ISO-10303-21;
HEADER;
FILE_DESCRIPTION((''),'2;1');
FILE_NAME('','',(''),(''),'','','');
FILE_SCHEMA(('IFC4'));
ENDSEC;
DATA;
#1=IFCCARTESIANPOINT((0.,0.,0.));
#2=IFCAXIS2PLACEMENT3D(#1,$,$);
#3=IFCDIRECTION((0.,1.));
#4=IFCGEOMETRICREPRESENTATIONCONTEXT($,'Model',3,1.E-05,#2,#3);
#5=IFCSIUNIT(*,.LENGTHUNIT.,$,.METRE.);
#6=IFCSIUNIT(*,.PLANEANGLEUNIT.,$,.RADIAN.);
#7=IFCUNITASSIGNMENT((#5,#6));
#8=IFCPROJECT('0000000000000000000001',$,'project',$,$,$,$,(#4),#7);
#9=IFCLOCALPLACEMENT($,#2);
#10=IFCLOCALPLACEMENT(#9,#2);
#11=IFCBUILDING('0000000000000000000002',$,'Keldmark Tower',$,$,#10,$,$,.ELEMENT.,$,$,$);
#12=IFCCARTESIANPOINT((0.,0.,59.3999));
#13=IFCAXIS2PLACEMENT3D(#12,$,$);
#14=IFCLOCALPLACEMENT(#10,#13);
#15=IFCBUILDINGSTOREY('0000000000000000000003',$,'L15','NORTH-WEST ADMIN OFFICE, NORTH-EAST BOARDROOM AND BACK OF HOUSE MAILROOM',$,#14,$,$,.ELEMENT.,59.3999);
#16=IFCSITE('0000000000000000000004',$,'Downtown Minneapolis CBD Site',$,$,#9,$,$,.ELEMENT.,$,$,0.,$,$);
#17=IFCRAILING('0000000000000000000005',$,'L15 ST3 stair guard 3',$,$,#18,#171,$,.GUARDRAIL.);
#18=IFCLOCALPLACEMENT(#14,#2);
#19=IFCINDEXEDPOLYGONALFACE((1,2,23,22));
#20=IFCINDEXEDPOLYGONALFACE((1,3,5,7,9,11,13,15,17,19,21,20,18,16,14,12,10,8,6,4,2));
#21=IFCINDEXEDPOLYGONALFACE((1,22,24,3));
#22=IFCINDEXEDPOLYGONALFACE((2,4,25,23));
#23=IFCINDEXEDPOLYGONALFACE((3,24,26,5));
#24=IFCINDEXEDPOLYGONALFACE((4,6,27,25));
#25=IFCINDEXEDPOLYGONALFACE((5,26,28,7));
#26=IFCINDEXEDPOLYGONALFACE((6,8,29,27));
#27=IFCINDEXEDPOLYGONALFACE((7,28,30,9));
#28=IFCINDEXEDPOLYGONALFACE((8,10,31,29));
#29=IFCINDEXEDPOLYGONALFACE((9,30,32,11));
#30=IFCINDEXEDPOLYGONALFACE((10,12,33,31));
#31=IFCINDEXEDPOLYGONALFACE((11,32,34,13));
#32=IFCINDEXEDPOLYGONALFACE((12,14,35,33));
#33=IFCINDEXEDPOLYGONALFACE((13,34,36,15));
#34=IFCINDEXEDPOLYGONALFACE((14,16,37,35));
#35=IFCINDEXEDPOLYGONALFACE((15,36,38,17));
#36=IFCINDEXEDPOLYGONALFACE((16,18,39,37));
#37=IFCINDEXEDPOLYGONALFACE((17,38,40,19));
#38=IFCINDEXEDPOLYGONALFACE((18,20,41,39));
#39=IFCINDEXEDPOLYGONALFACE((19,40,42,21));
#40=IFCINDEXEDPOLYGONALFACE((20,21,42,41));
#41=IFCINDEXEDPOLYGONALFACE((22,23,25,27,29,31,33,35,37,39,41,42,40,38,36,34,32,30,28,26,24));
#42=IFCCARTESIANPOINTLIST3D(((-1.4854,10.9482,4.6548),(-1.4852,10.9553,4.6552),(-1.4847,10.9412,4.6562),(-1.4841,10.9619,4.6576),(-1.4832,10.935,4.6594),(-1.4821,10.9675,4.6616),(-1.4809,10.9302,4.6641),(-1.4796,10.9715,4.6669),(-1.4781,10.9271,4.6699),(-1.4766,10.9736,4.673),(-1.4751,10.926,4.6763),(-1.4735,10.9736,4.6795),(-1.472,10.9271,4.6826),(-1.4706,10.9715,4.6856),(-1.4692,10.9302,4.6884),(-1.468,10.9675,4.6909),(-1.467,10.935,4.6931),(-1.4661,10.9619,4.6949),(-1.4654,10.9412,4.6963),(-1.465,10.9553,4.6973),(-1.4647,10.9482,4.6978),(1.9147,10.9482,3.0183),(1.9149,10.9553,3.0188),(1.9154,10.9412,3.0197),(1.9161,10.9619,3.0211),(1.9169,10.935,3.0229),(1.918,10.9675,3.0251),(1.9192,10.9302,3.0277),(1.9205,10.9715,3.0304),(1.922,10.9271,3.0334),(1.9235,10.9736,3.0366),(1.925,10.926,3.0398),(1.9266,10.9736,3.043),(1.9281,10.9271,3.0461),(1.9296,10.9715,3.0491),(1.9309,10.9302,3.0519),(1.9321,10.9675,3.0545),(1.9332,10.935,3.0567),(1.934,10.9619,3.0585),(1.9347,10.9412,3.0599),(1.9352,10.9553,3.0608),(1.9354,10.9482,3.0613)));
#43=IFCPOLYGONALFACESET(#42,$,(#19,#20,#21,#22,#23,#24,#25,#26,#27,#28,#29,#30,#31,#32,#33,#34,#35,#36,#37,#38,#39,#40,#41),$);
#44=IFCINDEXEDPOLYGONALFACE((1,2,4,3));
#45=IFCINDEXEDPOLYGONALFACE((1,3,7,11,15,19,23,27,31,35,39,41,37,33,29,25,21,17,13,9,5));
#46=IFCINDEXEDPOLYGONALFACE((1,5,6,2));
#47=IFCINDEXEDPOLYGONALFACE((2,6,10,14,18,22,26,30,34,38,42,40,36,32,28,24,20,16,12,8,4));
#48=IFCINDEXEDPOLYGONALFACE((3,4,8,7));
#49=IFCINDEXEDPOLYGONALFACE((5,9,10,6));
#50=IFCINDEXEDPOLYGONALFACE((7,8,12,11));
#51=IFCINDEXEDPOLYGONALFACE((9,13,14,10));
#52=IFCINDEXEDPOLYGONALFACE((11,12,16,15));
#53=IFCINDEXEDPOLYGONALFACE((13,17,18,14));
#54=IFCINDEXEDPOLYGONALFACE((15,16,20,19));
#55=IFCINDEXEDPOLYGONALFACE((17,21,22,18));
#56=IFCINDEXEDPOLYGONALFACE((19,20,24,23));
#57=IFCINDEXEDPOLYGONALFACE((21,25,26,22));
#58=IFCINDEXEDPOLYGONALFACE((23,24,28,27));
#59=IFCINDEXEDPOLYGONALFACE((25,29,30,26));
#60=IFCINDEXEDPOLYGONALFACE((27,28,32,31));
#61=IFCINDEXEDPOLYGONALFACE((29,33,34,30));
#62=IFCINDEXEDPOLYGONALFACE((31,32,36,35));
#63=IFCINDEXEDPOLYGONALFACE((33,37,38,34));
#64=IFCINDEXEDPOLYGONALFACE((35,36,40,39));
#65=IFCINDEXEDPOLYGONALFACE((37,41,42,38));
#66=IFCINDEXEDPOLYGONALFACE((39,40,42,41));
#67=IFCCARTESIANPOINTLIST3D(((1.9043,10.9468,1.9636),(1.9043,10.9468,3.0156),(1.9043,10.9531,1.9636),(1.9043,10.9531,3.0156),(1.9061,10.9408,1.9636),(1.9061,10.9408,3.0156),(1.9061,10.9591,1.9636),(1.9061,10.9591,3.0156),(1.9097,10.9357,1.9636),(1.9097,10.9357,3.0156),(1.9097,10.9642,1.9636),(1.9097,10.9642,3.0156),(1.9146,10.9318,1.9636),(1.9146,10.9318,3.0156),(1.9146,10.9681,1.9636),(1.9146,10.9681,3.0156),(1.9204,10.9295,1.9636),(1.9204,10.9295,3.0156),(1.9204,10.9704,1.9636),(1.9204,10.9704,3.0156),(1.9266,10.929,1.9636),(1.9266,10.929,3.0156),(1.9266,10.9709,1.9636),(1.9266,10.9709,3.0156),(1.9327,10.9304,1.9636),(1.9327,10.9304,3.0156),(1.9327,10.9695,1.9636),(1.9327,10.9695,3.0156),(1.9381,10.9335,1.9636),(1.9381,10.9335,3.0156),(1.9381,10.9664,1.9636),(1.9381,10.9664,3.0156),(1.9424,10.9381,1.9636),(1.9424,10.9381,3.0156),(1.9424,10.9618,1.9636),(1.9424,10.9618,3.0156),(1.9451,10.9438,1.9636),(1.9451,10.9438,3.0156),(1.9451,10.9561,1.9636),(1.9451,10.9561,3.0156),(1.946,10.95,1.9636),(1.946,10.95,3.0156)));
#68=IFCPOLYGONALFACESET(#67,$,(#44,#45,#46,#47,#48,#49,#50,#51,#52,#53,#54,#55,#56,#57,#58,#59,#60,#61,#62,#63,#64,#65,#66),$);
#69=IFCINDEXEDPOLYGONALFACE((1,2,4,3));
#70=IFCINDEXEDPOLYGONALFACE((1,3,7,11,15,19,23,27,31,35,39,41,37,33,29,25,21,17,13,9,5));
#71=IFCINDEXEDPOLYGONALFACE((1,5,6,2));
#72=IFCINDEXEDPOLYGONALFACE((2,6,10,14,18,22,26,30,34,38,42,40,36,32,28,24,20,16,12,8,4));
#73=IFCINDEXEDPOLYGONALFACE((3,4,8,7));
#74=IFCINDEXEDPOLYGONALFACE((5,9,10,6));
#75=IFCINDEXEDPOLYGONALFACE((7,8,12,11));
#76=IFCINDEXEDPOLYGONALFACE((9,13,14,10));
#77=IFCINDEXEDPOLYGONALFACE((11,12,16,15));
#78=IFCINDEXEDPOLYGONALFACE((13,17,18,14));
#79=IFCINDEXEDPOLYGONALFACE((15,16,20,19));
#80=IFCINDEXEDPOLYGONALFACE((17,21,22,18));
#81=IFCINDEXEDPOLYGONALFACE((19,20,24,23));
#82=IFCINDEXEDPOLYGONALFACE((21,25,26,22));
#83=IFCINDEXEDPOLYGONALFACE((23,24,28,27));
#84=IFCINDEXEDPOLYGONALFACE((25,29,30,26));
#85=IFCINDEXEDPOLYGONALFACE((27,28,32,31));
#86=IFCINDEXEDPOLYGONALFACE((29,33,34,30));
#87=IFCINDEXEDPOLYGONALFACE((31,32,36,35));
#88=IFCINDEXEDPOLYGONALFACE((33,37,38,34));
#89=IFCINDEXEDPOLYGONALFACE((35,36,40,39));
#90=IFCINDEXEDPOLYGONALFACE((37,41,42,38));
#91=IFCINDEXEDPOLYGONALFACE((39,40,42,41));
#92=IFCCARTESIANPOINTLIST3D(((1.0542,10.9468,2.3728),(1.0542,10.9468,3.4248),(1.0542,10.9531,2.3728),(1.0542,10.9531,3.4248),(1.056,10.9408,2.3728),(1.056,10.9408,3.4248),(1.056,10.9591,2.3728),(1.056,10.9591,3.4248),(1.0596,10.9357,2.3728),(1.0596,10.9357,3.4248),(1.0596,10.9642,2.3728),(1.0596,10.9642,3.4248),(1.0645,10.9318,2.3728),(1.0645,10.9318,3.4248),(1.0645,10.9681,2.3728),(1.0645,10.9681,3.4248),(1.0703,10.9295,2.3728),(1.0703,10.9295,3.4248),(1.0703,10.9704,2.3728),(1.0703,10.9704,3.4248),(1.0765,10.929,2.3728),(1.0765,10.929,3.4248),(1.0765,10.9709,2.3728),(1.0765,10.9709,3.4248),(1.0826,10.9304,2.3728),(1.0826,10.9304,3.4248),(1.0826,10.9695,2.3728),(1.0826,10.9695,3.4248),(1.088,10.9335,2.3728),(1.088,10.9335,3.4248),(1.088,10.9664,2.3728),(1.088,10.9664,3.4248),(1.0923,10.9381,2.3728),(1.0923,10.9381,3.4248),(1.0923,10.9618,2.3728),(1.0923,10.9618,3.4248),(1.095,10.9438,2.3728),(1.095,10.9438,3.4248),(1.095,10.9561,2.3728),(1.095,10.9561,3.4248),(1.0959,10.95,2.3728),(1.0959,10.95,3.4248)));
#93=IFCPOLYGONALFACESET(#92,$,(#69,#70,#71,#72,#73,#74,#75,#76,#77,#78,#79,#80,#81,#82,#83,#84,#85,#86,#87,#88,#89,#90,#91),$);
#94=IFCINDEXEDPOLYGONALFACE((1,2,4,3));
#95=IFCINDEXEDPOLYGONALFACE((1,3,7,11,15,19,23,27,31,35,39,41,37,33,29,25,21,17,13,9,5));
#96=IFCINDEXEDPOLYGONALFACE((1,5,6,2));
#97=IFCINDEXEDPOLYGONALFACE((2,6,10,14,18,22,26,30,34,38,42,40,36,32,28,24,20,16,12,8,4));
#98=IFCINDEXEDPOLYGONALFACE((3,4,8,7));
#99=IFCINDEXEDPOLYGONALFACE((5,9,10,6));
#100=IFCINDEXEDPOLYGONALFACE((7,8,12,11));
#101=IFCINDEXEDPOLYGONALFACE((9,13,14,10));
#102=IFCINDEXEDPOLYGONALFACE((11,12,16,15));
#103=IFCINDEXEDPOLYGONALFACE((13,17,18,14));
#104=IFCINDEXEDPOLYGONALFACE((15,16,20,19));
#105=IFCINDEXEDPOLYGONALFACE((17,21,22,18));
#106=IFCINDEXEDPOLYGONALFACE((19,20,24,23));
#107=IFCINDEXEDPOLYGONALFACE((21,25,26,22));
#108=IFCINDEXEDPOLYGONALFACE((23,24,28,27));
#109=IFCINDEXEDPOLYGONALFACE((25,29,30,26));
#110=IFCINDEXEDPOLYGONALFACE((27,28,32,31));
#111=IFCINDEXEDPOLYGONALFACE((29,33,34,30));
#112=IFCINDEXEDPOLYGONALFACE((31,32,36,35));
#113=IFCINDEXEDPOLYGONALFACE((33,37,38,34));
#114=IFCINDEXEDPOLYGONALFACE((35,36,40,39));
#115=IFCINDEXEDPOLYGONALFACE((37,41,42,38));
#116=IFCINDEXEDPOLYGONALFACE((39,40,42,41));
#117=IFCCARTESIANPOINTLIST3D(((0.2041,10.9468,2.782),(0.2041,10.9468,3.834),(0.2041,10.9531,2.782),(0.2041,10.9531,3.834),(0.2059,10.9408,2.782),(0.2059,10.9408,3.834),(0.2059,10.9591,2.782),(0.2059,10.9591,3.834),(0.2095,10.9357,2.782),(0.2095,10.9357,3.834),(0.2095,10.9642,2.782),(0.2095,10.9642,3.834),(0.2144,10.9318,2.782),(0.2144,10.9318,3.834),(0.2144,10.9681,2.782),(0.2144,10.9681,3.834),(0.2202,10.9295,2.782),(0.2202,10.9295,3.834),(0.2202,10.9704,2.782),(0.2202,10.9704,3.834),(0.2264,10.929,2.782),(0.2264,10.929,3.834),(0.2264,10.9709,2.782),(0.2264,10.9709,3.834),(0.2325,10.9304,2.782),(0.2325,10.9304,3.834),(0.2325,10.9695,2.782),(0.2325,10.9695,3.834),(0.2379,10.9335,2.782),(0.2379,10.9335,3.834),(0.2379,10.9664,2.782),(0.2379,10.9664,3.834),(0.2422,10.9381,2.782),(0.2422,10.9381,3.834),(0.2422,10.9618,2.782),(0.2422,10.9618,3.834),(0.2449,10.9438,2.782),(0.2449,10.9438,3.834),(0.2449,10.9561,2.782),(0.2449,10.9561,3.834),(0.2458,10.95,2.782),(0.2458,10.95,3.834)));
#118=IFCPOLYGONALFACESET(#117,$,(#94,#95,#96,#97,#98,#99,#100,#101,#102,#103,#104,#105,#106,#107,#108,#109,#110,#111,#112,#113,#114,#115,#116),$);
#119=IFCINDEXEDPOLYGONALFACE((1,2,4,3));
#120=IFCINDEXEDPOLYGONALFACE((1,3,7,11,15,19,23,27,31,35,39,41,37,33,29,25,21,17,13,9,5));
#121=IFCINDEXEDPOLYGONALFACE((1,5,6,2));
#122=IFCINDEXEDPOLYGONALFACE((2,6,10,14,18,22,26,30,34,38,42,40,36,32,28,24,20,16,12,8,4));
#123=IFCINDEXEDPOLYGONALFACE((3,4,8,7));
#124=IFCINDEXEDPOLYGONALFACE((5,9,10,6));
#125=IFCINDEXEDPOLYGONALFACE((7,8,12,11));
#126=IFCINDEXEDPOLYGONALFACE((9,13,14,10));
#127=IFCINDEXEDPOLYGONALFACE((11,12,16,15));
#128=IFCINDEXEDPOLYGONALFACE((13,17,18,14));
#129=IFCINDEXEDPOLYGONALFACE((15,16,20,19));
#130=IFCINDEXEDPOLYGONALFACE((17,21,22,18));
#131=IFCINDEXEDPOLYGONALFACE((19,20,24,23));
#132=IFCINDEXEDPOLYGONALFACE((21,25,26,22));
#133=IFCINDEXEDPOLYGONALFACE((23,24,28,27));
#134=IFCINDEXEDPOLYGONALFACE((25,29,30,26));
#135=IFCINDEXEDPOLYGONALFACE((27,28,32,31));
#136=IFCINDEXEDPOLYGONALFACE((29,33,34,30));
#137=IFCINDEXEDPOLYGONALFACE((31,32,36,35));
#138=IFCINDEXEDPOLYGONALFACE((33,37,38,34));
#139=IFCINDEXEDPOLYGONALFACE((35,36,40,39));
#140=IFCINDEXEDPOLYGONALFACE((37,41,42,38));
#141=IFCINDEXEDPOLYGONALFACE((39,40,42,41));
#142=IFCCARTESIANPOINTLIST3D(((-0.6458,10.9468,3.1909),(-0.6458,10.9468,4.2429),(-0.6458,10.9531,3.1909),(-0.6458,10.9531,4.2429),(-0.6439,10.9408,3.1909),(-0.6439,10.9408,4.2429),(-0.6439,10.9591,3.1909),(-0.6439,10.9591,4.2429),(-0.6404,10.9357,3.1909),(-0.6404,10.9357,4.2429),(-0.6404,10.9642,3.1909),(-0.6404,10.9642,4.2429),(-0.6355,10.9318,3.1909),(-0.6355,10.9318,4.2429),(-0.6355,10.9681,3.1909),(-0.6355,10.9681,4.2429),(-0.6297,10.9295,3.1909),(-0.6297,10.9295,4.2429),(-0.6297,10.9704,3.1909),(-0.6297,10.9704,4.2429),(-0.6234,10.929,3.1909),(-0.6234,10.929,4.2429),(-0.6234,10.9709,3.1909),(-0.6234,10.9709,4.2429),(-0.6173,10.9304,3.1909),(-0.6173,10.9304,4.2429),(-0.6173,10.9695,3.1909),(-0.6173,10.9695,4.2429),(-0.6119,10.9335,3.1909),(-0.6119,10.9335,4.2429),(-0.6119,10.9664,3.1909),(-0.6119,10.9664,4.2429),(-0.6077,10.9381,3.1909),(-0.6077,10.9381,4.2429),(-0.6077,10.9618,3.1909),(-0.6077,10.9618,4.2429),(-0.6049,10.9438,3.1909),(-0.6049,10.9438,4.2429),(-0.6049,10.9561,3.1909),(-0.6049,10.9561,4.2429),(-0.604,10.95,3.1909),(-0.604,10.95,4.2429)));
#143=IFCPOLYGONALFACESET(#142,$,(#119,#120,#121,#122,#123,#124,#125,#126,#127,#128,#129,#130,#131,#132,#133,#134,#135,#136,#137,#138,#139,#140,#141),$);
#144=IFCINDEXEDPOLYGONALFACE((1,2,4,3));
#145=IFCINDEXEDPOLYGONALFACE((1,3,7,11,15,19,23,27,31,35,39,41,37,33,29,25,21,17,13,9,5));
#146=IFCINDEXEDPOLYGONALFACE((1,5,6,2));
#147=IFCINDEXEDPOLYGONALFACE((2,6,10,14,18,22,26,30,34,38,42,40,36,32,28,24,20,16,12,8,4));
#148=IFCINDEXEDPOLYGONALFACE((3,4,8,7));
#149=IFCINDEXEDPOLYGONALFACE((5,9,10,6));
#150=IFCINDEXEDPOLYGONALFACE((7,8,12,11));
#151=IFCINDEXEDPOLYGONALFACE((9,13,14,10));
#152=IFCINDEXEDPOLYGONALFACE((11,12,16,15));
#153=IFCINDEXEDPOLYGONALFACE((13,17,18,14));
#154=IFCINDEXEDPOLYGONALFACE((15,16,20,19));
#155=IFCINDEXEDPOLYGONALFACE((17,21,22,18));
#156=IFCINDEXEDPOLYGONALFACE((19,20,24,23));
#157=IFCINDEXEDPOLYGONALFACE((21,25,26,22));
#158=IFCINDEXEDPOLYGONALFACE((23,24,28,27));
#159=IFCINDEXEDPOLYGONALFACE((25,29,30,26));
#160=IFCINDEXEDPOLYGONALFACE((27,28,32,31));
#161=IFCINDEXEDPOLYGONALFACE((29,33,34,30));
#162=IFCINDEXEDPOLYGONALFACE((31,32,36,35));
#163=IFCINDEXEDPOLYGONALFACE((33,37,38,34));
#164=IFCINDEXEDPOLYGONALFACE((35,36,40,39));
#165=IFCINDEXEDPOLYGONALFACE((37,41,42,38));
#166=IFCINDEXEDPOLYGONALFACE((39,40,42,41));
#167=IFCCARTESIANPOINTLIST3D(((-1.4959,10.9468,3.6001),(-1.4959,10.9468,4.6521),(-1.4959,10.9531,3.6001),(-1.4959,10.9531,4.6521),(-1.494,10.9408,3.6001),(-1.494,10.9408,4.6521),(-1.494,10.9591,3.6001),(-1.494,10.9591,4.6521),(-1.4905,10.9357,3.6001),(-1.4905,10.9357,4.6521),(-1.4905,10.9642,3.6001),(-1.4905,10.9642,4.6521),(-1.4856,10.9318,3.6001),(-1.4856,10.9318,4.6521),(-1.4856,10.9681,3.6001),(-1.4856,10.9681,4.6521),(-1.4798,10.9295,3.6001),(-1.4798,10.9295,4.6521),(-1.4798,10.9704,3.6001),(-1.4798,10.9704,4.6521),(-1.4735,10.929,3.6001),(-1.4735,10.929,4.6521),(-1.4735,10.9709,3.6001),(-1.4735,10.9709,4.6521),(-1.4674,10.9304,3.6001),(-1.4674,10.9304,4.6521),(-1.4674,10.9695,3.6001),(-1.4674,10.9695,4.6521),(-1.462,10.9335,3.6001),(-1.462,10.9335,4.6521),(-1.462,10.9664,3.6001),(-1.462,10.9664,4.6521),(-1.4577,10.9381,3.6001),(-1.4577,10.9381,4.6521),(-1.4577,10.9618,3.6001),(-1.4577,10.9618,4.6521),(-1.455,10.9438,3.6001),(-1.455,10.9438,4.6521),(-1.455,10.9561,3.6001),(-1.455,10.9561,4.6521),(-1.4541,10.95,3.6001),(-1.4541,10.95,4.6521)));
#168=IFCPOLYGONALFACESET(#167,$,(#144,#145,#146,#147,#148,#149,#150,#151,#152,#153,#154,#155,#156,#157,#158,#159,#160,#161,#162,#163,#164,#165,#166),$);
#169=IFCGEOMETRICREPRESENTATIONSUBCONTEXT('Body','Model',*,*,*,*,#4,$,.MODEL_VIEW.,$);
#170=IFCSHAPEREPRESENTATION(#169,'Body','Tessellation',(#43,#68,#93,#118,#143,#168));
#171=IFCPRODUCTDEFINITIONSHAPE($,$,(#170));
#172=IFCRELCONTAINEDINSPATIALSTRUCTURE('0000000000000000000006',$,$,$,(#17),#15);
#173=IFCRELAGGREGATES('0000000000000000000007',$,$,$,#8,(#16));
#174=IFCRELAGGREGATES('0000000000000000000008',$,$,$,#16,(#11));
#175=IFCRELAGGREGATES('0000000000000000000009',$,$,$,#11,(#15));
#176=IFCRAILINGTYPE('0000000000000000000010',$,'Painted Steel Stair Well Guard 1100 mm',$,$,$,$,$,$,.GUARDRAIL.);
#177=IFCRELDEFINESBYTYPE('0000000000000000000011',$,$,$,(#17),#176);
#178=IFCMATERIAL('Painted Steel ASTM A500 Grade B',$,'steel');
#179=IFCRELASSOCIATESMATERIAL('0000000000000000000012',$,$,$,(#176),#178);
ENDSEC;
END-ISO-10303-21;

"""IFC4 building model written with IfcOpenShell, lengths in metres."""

from ifc_helpers import new_model, si_unit, direction, frame, origin, origin_2d, place, context, subcontext, project, spatial, circle, extrude, material, type_object, element, save


model = new_model("IFC4")

# Units and contexts
model_context = context("Model", 3, precision=1e-05, world=origin(), true_north=direction((0.0, 1.0)))
body_context = subcontext(model_context, "Body", "Model", "MODEL_VIEW")
ifc_project = project(units=[si_unit("LENGTHUNIT", "METRE"), si_unit("PLANEANGLEUNIT", "RADIAN")], contexts=[model_context])

# Site, building, storey
site_placement = place(None, origin())
site = spatial("IfcSite", under=ifc_project, at=site_placement, Name="Downtown Minneapolis CBD Site", CompositionType="ELEMENT", RefElevation=0.0)
building_placement = place(site_placement, origin())
building = spatial("IfcBuilding", under=site, at=building_placement, Name="Keldmark Tower", CompositionType="ELEMENT")
storey_placement = place(building_placement, frame((0.0, 0.0, 59.3999)))
storey = spatial("IfcBuildingStorey", under=building, at=storey_placement, Name="L15", Description="NORTH-WEST ADMIN OFFICE, NORTH-EAST BOARDROOM AND BACK OF HOUSE MAILROOM", CompositionType="ELEMENT", Elevation=59.3999)

# Railing
ifc_material_1 = material(Name="Painted Steel ASTM A500 Grade B", Category="steel")
railing_type_1 = type_object("IfcRailingType", Name="Painted Steel Stair Well Guard 1100 mm", PredefinedType="GUARDRAIL", material=ifc_material_1)
railing_1_placement = place(storey_placement, frame((1.925, 10.95, 1.9636)))
element("IfcRailing", 1, at=railing_1_placement, inside=storey, type_object=railing_type_1, Name="L15 ST3 stair guard 3", PredefinedType="GUARDRAIL", context=body_context, shape_type="SweptSolid", body=[
    extrude(circle(Radius=0.0239, at=origin_2d()), frame((0.0, 0.0, 1.0762), z_axis=(-0.901067, 0.0, 0.433679), x_axis=(0.0, -1.0, 0.0)), (0.0, 0.0, 1.0), 3.7734),
    extrude(circle(Radius=0.021, at=origin_2d()), origin(), (0.0, 0.0, 1.0), 1.052),
    extrude(circle(Radius=0.021, at=origin_2d()), frame((-0.8501, 0.0, 0.4092)), (0.0, 0.0, 1.0), 1.052),
    extrude(circle(Radius=0.021, at=origin_2d()), frame((-1.7002, 0.0, 0.8184)), (0.0, 0.0, 1.0), 1.052),
    extrude(circle(Radius=0.021, at=origin_2d()), frame((-2.55, 0.0, 1.2273)), (0.0, 0.0, 1.0), 1.052),
    extrude(circle(Radius=0.021, at=origin_2d()), frame((-3.4001, 0.0, 1.6365)), (0.0, 0.0, 1.0), 1.052),
])

save(model, "model.ifc")
